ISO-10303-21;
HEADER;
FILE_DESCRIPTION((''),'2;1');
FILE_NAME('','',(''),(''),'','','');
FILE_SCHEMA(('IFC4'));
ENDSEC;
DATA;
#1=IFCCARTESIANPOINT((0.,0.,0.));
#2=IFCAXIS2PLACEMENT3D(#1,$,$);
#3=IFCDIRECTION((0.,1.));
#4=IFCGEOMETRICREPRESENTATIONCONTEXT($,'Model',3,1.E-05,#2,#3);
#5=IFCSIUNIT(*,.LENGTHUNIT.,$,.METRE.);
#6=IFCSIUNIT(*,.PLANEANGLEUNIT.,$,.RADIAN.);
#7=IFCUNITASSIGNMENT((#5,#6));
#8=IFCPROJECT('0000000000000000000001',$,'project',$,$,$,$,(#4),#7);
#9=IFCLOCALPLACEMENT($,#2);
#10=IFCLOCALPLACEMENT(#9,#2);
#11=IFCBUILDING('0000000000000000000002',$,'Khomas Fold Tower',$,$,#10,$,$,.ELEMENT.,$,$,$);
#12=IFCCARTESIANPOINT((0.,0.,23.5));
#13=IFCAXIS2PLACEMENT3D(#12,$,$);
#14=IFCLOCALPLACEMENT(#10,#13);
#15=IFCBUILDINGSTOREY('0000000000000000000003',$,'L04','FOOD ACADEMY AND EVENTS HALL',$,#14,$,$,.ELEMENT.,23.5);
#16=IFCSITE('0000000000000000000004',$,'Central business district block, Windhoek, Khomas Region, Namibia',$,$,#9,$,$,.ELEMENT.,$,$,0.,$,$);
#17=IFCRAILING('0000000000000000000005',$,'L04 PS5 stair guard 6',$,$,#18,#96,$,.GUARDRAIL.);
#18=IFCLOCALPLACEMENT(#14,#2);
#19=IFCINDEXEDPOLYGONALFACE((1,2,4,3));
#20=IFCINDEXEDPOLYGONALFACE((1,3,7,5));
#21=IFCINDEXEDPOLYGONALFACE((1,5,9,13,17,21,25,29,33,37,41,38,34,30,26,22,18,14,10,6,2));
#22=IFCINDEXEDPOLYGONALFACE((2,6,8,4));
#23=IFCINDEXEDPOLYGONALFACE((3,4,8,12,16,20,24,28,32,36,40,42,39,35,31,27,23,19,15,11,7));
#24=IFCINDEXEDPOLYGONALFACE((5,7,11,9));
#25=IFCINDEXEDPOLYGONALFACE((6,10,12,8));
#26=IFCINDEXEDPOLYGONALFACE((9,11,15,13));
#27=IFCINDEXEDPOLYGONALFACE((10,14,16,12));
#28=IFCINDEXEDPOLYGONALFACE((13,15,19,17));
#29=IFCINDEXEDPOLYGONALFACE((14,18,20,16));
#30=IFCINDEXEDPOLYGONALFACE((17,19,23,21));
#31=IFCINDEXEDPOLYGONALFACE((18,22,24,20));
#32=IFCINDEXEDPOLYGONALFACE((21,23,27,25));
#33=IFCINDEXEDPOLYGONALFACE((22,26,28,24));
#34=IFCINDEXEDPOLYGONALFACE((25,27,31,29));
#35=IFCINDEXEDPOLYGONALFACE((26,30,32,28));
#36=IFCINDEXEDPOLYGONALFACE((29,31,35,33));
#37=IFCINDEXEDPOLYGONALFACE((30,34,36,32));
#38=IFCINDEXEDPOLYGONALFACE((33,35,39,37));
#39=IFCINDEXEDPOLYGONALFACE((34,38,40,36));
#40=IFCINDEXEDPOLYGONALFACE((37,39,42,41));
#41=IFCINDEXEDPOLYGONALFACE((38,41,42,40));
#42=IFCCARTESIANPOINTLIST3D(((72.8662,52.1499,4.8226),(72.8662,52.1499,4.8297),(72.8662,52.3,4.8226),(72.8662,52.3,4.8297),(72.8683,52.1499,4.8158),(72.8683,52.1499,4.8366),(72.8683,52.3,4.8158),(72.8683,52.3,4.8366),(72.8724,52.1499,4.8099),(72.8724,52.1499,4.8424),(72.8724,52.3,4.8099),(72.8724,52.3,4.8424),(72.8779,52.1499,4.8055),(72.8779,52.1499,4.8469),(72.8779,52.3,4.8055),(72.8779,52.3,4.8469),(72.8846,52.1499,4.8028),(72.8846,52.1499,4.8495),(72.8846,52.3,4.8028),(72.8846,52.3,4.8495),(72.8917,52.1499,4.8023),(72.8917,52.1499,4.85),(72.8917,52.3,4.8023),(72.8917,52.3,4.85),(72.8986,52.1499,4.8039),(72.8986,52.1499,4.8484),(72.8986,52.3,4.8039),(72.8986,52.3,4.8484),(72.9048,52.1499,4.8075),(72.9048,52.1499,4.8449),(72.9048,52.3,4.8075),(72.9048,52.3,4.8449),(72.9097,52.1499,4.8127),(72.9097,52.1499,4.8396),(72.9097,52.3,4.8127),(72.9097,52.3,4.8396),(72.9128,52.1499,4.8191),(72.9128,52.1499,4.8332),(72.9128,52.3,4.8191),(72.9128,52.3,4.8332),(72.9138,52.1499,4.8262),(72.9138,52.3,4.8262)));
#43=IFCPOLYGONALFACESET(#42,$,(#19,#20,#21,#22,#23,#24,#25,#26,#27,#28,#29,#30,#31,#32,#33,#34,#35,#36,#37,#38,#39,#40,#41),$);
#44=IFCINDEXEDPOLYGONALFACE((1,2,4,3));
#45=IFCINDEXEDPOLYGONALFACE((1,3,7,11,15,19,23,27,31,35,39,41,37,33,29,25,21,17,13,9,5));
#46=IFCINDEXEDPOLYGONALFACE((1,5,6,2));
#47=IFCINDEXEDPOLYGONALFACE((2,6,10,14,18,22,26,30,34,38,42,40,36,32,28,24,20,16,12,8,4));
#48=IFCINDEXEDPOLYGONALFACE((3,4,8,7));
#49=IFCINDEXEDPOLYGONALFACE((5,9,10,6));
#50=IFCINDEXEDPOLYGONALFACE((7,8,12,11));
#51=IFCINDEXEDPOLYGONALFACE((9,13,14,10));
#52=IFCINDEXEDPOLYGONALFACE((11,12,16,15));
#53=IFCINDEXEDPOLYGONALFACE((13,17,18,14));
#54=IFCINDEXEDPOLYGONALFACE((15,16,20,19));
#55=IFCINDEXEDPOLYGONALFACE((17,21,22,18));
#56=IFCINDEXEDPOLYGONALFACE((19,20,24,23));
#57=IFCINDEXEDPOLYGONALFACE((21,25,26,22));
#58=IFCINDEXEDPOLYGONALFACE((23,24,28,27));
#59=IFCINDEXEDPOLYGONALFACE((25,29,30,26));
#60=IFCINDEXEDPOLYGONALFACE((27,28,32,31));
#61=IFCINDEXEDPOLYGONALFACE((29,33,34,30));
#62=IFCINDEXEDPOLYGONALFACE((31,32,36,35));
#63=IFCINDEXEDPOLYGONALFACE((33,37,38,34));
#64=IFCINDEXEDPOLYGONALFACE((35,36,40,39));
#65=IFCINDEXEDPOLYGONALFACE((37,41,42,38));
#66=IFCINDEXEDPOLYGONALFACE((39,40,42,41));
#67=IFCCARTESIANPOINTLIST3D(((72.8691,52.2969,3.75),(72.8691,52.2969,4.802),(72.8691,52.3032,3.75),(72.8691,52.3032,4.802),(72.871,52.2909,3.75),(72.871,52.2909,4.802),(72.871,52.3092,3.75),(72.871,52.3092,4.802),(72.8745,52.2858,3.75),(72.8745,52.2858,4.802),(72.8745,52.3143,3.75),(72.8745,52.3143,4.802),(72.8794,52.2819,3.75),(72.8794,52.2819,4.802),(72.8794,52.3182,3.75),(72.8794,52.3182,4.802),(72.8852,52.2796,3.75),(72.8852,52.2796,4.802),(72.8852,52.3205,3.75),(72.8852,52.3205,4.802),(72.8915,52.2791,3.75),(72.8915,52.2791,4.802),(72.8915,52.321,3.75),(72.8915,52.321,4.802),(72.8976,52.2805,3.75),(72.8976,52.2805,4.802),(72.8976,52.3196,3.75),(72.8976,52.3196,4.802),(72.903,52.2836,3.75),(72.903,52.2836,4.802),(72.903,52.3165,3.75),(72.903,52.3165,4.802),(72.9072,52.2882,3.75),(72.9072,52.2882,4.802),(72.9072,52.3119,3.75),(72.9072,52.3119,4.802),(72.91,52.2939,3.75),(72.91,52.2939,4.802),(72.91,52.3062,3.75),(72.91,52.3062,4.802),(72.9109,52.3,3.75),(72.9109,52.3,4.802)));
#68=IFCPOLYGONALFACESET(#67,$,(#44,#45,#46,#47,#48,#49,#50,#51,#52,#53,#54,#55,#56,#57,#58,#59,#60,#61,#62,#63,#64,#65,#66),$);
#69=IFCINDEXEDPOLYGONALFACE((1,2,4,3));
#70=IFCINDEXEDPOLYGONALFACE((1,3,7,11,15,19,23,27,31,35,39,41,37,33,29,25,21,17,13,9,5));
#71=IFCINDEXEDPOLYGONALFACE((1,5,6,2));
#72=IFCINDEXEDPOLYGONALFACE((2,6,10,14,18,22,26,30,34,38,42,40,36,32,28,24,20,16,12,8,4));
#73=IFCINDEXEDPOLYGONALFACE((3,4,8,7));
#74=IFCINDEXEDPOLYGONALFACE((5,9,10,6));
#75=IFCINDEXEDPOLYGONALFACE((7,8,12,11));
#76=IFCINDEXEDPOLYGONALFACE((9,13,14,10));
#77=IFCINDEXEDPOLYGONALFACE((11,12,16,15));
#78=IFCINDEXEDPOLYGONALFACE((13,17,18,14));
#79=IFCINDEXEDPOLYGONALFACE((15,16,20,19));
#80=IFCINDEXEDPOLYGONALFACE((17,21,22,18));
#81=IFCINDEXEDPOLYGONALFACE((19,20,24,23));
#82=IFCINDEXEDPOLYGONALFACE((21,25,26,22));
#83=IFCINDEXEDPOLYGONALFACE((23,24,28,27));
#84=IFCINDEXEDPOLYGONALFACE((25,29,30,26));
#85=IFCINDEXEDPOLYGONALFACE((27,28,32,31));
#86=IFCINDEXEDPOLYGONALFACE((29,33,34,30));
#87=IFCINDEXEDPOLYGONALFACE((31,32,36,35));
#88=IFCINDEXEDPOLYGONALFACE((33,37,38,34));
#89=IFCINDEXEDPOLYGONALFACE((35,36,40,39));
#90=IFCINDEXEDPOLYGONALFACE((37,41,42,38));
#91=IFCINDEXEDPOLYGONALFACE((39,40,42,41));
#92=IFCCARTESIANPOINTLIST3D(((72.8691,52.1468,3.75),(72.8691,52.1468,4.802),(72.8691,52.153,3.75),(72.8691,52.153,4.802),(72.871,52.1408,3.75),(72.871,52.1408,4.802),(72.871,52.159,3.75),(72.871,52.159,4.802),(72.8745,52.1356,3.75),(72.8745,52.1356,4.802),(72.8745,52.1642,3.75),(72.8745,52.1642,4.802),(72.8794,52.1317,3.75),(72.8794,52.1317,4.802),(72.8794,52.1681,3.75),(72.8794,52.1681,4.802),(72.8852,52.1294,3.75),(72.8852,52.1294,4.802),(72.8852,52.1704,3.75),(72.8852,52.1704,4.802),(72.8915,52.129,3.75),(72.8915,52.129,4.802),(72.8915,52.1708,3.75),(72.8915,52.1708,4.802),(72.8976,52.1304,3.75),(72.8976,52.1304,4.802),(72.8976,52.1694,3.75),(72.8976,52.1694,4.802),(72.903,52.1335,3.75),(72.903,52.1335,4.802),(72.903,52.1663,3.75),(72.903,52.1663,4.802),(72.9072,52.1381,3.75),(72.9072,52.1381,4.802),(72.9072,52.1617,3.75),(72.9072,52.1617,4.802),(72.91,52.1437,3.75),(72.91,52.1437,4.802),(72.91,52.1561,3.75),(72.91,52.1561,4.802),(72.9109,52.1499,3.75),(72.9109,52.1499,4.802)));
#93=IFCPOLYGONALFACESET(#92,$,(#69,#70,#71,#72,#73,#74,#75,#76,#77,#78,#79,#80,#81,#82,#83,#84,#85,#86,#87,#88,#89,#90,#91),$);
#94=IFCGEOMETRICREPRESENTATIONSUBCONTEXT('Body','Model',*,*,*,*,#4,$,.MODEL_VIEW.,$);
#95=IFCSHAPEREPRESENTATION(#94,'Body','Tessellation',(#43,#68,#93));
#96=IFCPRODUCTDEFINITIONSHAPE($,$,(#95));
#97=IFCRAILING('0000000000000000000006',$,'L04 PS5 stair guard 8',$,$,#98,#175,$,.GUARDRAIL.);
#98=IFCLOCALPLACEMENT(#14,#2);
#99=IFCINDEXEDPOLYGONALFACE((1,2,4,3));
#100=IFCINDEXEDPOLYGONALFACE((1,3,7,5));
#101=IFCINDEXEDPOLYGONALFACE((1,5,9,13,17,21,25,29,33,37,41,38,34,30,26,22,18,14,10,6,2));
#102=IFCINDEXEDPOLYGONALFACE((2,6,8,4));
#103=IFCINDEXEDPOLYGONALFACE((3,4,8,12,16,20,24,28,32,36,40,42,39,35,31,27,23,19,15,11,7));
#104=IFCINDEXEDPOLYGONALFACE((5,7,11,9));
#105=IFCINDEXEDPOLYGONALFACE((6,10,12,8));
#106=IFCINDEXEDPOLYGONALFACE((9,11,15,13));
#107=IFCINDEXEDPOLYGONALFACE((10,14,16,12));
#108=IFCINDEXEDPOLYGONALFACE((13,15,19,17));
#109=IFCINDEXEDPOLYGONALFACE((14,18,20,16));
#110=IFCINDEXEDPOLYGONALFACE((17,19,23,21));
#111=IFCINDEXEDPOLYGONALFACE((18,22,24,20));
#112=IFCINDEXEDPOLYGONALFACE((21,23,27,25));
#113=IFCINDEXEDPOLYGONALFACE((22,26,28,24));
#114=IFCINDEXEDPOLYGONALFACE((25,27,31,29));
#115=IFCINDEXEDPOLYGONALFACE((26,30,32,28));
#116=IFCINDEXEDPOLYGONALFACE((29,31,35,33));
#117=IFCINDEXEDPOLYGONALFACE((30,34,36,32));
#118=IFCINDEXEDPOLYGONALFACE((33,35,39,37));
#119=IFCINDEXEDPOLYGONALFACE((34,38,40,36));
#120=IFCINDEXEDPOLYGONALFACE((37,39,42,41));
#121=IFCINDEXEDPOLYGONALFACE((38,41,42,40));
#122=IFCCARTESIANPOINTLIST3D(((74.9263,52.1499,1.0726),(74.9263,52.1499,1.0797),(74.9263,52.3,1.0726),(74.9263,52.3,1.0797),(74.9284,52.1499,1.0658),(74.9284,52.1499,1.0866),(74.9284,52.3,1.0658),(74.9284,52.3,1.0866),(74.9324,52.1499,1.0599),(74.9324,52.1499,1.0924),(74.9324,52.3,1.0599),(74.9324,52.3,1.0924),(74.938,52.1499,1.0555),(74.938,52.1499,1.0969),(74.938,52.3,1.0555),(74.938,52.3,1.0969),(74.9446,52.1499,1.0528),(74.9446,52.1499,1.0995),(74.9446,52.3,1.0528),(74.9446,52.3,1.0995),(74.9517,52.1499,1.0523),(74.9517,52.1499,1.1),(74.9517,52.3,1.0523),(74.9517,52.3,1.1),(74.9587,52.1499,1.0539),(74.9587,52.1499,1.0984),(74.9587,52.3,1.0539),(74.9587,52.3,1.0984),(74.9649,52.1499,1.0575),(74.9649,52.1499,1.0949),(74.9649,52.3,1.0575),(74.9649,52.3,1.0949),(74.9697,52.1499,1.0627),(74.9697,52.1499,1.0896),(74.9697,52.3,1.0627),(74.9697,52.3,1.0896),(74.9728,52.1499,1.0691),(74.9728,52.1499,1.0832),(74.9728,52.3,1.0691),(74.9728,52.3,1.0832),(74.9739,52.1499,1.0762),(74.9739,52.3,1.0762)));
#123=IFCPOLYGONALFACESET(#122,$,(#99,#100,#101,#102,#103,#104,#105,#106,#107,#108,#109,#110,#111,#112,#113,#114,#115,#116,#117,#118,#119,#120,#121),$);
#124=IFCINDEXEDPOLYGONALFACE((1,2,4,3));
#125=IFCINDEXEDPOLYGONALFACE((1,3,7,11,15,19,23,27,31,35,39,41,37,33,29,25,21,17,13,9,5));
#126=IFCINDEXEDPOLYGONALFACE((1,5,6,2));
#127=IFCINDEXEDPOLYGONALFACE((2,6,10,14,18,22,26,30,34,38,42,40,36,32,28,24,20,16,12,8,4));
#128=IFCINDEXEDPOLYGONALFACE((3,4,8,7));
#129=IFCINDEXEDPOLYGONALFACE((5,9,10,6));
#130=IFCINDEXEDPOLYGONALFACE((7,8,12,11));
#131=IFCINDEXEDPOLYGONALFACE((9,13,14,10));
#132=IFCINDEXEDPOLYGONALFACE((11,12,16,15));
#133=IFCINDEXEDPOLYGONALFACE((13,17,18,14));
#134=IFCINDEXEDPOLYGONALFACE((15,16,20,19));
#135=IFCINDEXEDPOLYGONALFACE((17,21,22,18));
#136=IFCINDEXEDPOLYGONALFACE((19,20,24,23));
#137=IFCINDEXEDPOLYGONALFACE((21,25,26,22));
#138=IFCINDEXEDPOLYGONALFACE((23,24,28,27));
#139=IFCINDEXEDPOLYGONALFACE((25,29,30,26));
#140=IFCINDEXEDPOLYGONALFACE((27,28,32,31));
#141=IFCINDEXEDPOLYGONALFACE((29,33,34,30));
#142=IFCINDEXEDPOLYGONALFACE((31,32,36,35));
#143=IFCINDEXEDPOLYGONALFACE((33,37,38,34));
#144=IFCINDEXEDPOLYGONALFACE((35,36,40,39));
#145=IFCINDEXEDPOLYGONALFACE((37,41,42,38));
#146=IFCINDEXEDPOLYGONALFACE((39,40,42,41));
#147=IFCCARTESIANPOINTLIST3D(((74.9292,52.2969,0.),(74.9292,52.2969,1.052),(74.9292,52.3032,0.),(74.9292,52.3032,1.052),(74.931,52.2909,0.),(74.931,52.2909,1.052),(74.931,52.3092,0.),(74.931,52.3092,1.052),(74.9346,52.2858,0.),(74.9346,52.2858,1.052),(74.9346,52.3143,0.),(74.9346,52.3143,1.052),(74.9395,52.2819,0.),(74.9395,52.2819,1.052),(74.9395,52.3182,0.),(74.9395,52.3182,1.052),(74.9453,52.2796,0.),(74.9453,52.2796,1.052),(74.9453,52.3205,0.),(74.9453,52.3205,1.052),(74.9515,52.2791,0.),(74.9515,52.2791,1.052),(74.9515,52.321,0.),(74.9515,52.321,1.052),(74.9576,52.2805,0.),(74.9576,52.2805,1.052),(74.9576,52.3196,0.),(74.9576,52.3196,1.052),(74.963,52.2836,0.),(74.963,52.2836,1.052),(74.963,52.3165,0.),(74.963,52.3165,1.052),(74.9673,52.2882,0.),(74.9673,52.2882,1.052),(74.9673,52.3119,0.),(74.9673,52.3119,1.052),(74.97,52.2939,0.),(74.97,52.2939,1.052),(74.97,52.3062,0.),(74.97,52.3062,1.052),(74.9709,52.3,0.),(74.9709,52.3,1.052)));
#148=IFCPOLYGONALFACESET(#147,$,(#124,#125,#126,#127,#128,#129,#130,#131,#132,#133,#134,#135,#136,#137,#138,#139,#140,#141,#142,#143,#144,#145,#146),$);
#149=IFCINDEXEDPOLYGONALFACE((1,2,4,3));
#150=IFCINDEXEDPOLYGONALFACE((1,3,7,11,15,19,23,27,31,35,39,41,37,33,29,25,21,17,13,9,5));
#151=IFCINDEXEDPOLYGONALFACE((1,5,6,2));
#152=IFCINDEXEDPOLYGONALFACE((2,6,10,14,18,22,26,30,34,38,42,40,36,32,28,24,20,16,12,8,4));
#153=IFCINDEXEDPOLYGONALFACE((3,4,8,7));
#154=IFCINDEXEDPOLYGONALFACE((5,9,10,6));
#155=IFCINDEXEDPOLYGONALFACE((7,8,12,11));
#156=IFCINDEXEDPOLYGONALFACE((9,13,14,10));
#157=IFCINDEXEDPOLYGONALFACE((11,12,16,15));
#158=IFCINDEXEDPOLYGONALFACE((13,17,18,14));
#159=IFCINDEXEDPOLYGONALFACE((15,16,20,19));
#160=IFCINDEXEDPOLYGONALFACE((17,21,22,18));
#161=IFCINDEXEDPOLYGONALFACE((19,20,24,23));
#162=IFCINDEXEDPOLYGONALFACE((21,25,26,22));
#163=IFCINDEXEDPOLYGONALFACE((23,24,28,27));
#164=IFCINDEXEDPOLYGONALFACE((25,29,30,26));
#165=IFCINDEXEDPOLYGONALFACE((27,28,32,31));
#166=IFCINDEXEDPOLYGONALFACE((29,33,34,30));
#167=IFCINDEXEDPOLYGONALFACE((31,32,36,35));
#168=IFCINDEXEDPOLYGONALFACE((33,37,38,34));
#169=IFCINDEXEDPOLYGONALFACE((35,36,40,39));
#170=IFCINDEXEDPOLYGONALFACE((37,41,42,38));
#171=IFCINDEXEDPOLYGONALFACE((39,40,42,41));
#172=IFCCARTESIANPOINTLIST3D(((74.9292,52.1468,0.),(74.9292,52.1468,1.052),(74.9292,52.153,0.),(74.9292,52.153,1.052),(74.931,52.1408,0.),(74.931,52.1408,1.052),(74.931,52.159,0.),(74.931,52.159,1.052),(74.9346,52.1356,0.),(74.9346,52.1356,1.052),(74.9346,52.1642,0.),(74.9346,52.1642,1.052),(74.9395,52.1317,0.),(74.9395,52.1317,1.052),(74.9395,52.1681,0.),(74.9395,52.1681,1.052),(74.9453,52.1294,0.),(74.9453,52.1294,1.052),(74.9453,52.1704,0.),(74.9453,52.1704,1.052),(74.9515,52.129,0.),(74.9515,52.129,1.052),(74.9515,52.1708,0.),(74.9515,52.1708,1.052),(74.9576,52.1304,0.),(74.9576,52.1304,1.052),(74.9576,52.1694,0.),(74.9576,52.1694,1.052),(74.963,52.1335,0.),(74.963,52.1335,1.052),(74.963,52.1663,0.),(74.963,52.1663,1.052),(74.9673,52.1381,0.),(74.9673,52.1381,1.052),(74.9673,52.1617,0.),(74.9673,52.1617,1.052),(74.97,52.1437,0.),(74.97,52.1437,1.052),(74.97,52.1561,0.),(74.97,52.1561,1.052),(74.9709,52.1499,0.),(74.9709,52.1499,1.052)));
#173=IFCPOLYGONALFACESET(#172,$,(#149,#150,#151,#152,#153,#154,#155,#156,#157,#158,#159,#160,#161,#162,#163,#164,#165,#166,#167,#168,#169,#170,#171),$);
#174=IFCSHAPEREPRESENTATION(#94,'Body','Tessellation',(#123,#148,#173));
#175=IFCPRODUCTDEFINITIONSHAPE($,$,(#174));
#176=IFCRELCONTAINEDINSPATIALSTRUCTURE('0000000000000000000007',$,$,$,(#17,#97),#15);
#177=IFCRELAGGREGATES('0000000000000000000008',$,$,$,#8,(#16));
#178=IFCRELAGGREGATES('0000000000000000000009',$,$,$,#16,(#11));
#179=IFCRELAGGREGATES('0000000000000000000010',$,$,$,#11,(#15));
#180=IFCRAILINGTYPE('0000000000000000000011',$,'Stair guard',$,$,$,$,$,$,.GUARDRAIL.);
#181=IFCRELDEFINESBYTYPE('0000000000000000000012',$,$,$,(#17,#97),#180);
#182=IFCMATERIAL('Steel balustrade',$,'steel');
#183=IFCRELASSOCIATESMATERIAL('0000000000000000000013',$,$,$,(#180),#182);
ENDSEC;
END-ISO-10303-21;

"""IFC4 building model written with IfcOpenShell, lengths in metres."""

from ifc_helpers import new_model, si_unit, direction, frame, origin, origin_2d, place, context, subcontext, project, spatial, circle, extrude, source, transform, mapped, material, type_object, element, save


model = new_model("IFC4")

# Units and contexts
model_context = context("Model", 3, precision=1e-05, world=origin(), true_north=direction((0.0, 1.0)))
body_context = subcontext(model_context, "Body", "Model", "MODEL_VIEW")
ifc_project = project(units=[si_unit("LENGTHUNIT", "METRE"), si_unit("PLANEANGLEUNIT", "RADIAN")], contexts=[model_context])

# Site, building, storey
site_placement = place(None, origin())
site = spatial("IfcSite", under=ifc_project, at=site_placement, Name="Central business district block, Windhoek, Khomas Region, Namibia", CompositionType="ELEMENT", RefElevation=0.0)
building_placement = place(site_placement, origin())
building = spatial("IfcBuilding", under=site, at=building_placement, Name="Khomas Fold Tower", CompositionType="ELEMENT")
storey_placement = place(building_placement, frame((0.0, 0.0, 23.5)))
storey = spatial("IfcBuildingStorey", under=building, at=storey_placement, Name="L04", Description="FOOD ACADEMY AND EVENTS HALL", CompositionType="ELEMENT", Elevation=23.5)

# Railings
ifc_material_1 = material(Name="Steel balustrade", Category="steel")
railing_type_1 = type_object("IfcRailingType", Name="Stair guard", PredefinedType="GUARDRAIL", material=ifc_material_1)
shared_shape_1 = source(origin(), body_context, "Body", "SweptSolid", [
    extrude(circle(Radius=0.0239, at=origin_2d()), frame((0.0, 0.0, 1.0762), z_axis=(0.0, -1.0, 0.0), x_axis=(1.0, 0.0, 0.0)), (0.0, 0.0, 1.0), 0.1501),
    extrude(circle(Radius=0.021, at=origin_2d()), origin(), (0.0, 0.0, 1.0), 1.052),
    extrude(circle(Radius=0.021, at=origin_2d()), frame((0.0, -0.1501, 0.0)), (0.0, 0.0, 1.0), 1.052),
])
for number, where, name in (
    (1, (72.8899, 52.3, 3.75), "L04 PS5 stair guard 6"),
    (2, (74.95, 52.3, 0.0), "L04 PS5 stair guard 8"),
):
    element("IfcRailing", number, at=place(storey_placement, frame(where)), inside=storey, type_object=railing_type_1, Name=name, PredefinedType="GUARDRAIL", context=body_context, shape_type="MappedRepresentation", body=[
        mapped(shared_shape_1, transform((0.0, 0.0, 0.0))),
    ])

save(model, "model.ifc")
